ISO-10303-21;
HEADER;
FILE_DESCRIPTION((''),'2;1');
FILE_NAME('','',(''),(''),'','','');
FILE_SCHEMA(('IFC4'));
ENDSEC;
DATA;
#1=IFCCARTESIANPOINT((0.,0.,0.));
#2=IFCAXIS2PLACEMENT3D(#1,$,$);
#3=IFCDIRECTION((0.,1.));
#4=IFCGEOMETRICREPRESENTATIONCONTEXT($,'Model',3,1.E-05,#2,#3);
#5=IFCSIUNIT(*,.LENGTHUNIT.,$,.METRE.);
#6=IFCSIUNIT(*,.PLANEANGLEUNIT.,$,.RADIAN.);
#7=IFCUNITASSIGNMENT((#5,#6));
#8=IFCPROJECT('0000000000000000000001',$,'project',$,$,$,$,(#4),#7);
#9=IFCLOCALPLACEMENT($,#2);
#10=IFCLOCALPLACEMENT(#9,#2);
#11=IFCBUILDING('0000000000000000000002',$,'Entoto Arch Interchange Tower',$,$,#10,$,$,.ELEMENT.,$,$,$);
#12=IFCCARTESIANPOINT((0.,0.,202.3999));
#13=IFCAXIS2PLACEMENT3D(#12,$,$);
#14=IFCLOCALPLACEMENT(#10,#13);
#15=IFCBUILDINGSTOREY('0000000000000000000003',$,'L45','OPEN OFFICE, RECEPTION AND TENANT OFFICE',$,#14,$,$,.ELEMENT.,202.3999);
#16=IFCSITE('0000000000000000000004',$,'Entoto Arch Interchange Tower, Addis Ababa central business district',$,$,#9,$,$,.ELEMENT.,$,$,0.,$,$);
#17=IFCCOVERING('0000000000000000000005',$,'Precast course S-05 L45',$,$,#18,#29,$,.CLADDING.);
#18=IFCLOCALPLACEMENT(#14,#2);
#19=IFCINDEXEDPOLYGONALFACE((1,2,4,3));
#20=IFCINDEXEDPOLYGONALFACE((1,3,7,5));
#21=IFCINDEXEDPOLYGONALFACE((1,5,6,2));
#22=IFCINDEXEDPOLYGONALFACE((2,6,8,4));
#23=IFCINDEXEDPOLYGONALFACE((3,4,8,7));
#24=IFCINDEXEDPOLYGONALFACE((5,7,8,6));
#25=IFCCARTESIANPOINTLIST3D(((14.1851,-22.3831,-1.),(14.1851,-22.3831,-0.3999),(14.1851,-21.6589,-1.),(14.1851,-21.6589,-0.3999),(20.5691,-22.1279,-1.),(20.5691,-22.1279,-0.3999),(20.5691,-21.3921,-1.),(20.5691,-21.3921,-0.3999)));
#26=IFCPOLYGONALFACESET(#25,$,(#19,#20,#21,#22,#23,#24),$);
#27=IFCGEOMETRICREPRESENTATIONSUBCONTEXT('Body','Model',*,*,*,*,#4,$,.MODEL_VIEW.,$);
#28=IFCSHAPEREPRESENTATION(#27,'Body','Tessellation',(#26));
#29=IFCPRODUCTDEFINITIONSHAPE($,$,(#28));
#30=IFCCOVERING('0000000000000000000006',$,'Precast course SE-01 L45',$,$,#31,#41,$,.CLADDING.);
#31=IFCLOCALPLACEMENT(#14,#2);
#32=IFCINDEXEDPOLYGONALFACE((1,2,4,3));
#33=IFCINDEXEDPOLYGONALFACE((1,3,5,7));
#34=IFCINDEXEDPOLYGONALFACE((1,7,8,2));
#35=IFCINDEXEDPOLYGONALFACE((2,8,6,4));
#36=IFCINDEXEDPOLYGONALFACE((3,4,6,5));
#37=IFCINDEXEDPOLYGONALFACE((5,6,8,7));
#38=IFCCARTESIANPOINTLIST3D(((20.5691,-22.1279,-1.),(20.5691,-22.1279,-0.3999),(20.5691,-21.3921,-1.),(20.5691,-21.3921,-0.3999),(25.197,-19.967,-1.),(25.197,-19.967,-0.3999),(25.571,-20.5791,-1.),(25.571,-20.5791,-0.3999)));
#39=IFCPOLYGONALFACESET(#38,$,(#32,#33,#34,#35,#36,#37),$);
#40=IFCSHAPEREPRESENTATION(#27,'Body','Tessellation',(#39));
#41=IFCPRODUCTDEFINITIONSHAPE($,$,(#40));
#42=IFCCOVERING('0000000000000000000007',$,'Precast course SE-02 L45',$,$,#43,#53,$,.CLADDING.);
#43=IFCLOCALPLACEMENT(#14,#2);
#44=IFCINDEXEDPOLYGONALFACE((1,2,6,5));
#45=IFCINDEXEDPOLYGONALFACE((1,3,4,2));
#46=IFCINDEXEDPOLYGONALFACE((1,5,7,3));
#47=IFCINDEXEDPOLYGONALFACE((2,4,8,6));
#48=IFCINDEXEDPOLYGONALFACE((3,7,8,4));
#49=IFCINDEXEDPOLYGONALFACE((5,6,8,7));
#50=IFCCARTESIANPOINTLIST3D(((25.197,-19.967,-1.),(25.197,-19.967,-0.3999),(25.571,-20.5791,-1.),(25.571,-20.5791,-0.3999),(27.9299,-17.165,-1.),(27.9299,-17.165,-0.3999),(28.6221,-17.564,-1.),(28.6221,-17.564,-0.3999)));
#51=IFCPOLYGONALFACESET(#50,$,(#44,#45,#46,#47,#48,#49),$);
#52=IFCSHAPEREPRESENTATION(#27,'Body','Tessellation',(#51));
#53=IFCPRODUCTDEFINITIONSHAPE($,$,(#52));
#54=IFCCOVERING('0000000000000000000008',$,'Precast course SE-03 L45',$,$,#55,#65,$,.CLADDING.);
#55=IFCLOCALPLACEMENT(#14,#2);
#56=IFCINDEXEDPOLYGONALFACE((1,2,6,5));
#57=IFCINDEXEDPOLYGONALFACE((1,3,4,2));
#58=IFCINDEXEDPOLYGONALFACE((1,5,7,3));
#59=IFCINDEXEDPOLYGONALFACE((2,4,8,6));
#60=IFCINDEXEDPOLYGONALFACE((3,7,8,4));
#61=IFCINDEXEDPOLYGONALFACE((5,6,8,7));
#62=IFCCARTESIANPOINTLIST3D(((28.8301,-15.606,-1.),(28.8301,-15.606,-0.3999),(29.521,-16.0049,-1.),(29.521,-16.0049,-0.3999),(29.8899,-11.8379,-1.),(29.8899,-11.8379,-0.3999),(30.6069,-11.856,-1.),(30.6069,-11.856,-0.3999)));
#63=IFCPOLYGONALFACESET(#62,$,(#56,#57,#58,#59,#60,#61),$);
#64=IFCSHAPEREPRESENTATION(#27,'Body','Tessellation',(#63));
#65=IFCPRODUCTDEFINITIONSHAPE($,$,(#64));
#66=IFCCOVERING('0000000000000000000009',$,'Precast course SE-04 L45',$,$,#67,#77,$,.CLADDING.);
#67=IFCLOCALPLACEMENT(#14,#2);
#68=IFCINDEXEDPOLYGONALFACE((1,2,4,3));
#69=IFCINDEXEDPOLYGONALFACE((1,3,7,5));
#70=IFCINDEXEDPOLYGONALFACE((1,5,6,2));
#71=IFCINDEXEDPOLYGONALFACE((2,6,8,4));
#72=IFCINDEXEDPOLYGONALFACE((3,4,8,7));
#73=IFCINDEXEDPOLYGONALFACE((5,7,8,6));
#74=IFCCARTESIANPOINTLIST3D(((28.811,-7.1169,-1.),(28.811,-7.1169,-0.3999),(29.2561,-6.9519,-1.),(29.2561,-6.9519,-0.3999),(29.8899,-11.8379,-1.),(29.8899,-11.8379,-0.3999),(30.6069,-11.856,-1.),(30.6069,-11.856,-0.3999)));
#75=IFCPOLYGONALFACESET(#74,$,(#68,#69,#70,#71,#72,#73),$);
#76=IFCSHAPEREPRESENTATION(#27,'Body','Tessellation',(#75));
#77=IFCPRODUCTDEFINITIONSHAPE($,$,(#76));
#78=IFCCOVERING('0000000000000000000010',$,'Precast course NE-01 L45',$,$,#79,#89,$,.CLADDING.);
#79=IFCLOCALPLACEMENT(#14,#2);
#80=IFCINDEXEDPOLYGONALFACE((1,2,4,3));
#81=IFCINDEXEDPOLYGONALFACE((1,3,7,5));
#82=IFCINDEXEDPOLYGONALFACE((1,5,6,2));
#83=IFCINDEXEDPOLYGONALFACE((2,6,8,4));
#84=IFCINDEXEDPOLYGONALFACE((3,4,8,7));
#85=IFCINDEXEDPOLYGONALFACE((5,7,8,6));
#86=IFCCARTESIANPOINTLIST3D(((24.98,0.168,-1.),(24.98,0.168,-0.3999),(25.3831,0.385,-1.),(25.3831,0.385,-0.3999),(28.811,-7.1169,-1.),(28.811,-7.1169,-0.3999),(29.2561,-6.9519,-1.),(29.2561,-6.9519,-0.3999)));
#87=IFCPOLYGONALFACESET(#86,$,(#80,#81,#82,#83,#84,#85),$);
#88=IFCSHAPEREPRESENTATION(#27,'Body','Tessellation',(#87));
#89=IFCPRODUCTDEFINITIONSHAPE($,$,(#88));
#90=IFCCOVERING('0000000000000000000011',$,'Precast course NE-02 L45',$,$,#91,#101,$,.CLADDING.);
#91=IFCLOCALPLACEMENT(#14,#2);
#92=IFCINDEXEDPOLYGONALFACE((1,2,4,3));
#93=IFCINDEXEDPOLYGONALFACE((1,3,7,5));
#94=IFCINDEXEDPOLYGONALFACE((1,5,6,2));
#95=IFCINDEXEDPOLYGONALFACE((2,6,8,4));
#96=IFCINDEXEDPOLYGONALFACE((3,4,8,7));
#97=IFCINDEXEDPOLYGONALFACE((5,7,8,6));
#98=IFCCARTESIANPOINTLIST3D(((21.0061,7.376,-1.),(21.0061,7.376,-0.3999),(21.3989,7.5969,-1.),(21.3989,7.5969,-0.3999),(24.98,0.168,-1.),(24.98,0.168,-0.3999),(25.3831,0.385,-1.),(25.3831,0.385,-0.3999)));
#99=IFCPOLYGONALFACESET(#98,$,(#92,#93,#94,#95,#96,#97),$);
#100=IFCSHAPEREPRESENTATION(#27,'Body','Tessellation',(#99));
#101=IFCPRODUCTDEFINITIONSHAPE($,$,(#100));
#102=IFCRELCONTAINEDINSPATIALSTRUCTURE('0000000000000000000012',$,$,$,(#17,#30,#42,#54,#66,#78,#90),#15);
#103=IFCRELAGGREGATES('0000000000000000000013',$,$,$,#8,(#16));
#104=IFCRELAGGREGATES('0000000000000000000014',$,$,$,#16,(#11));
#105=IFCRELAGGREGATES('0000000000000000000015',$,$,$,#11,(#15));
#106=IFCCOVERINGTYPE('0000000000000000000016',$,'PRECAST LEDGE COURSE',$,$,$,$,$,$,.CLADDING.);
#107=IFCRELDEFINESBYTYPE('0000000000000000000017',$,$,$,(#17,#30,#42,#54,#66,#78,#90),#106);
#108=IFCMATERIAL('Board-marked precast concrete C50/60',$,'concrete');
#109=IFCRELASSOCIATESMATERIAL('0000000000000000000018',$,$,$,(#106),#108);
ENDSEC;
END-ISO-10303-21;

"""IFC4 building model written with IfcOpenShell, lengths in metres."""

from ifc_helpers import new_model, si_unit, direction, frame, origin, place, context, subcontext, project, spatial, polyline, outline, extrude, material, type_object, element, save


model = new_model("IFC4")

# Units and contexts
model_context = context("Model", 3, precision=1e-05, world=origin(), true_north=direction((0.0, 1.0)))
body_context = subcontext(model_context, "Body", "Model", "MODEL_VIEW")
ifc_project = project(units=[si_unit("LENGTHUNIT", "METRE"), si_unit("PLANEANGLEUNIT", "RADIAN")], contexts=[model_context])

# Site, building, storey
site_placement = place(None, origin())
site = spatial("IfcSite", under=ifc_project, at=site_placement, Name="Entoto Arch Interchange Tower, Addis Ababa central business district", CompositionType="ELEMENT", RefElevation=0.0)
building_placement = place(site_placement, origin())
building = spatial("IfcBuilding", under=site, at=building_placement, Name="Entoto Arch Interchange Tower", CompositionType="ELEMENT")
storey_placement = place(building_placement, frame((0.0, 0.0, 202.3999)))
storey = spatial("IfcBuildingStorey", under=building, at=storey_placement, Name="L45", Description="OPEN OFFICE, RECEPTION AND TENANT OFFICE", CompositionType="ELEMENT", Elevation=202.3999)

# Coverings
ifc_material_1 = material(Name="Board-marked precast concrete C50/60", Category="concrete")
covering_type = type_object("IfcCoveringType", Name="PRECAST LEDGE COURSE", PredefinedType="CLADDING", material=ifc_material_1)
covering_1_placement = place(storey_placement, frame((0.0, 0.0, -1.0)))
element("IfcCovering", 1, at=covering_1_placement, inside=storey, type_object=covering_type, Name="Precast course S-05 L45", PredefinedType="CLADDING", context=body_context, shape_type="SweptSolid", body=[
    extrude(outline(polyline([(20.5691, -21.3921), (20.5691, -22.1279), (14.1851, -22.3831), (14.1851, -21.6589), (20.5691, -21.3921)])), origin(), (0.0, 0.0, 1.0), 0.6001),
])
covering_2_placement = place(storey_placement, frame((0.0, 0.0, -1.0)))
element("IfcCovering", 2, at=covering_2_placement, inside=storey, type_object=covering_type, Name="Precast course SE-01 L45", PredefinedType="CLADDING", context=body_context, shape_type="SweptSolid", body=[
    extrude(outline(polyline([(25.197, -19.967), (25.571, -20.5791), (20.5691, -22.1279), (20.5691, -21.3921), (25.197, -19.967)])), origin(), (0.0, 0.0, 1.0), 0.6001),
])
covering_3_placement = place(storey_placement, frame((0.0, 0.0, -1.0)))
element("IfcCovering", 3, at=covering_3_placement, inside=storey, type_object=covering_type, Name="Precast course SE-02 L45", PredefinedType="CLADDING", context=body_context, shape_type="SweptSolid", body=[
    extrude(outline(polyline([(27.9299, -17.165), (28.6221, -17.564), (25.571, -20.5791), (25.197, -19.967), (27.9299, -17.165)])), origin(), (0.0, 0.0, 1.0), 0.6001),
])
covering_4_placement = place(storey_placement, frame((0.0, 0.0, -1.0)))
element("IfcCovering", 4, at=covering_4_placement, inside=storey, type_object=covering_type, Name="Precast course SE-03 L45", PredefinedType="CLADDING", context=body_context, shape_type="SweptSolid", body=[
    extrude(outline(polyline([(29.8899, -11.8379), (30.6069, -11.856), (29.521, -16.0049), (28.8301, -15.606), (29.8899, -11.8379)])), origin(), (0.0, 0.0, 1.0), 0.6001),
])
covering_5_placement = place(storey_placement, frame((0.0, 0.0, -1.0)))
element("IfcCovering", 5, at=covering_5_placement, inside=storey, type_object=covering_type, Name="Precast course SE-04 L45", PredefinedType="CLADDING", context=body_context, shape_type="SweptSolid", body=[
    extrude(outline(polyline([(28.811, -7.1169), (29.2561, -6.9519), (30.6069, -11.856), (29.8899, -11.8379), (28.811, -7.1169)])), origin(), (0.0, 0.0, 1.0), 0.6001),
])
covering_6_placement = place(storey_placement, frame((0.0, 0.0, -1.0)))
element("IfcCovering", 6, at=covering_6_placement, inside=storey, type_object=covering_type, Name="Precast course NE-01 L45", PredefinedType="CLADDING", context=body_context, shape_type="SweptSolid", body=[
    extrude(outline(polyline([(24.98, 0.168), (25.3831, 0.385), (29.2561, -6.9519), (28.811, -7.1169), (24.98, 0.168)])), origin(), (0.0, 0.0, 1.0), 0.6001),
])
covering_7_placement = place(storey_placement, frame((0.0, 0.0, -1.0)))
element("IfcCovering", 7, at=covering_7_placement, inside=storey, type_object=covering_type, Name="Precast course NE-02 L45", PredefinedType="CLADDING", context=body_context, shape_type="SweptSolid", body=[
    extrude(outline(polyline([(21.0061, 7.376), (21.3989, 7.5969), (25.3831, 0.385), (24.98, 0.168), (21.0061, 7.376)])), origin(), (0.0, 0.0, 1.0), 0.6001),
])

save(model, "model.ifc")
